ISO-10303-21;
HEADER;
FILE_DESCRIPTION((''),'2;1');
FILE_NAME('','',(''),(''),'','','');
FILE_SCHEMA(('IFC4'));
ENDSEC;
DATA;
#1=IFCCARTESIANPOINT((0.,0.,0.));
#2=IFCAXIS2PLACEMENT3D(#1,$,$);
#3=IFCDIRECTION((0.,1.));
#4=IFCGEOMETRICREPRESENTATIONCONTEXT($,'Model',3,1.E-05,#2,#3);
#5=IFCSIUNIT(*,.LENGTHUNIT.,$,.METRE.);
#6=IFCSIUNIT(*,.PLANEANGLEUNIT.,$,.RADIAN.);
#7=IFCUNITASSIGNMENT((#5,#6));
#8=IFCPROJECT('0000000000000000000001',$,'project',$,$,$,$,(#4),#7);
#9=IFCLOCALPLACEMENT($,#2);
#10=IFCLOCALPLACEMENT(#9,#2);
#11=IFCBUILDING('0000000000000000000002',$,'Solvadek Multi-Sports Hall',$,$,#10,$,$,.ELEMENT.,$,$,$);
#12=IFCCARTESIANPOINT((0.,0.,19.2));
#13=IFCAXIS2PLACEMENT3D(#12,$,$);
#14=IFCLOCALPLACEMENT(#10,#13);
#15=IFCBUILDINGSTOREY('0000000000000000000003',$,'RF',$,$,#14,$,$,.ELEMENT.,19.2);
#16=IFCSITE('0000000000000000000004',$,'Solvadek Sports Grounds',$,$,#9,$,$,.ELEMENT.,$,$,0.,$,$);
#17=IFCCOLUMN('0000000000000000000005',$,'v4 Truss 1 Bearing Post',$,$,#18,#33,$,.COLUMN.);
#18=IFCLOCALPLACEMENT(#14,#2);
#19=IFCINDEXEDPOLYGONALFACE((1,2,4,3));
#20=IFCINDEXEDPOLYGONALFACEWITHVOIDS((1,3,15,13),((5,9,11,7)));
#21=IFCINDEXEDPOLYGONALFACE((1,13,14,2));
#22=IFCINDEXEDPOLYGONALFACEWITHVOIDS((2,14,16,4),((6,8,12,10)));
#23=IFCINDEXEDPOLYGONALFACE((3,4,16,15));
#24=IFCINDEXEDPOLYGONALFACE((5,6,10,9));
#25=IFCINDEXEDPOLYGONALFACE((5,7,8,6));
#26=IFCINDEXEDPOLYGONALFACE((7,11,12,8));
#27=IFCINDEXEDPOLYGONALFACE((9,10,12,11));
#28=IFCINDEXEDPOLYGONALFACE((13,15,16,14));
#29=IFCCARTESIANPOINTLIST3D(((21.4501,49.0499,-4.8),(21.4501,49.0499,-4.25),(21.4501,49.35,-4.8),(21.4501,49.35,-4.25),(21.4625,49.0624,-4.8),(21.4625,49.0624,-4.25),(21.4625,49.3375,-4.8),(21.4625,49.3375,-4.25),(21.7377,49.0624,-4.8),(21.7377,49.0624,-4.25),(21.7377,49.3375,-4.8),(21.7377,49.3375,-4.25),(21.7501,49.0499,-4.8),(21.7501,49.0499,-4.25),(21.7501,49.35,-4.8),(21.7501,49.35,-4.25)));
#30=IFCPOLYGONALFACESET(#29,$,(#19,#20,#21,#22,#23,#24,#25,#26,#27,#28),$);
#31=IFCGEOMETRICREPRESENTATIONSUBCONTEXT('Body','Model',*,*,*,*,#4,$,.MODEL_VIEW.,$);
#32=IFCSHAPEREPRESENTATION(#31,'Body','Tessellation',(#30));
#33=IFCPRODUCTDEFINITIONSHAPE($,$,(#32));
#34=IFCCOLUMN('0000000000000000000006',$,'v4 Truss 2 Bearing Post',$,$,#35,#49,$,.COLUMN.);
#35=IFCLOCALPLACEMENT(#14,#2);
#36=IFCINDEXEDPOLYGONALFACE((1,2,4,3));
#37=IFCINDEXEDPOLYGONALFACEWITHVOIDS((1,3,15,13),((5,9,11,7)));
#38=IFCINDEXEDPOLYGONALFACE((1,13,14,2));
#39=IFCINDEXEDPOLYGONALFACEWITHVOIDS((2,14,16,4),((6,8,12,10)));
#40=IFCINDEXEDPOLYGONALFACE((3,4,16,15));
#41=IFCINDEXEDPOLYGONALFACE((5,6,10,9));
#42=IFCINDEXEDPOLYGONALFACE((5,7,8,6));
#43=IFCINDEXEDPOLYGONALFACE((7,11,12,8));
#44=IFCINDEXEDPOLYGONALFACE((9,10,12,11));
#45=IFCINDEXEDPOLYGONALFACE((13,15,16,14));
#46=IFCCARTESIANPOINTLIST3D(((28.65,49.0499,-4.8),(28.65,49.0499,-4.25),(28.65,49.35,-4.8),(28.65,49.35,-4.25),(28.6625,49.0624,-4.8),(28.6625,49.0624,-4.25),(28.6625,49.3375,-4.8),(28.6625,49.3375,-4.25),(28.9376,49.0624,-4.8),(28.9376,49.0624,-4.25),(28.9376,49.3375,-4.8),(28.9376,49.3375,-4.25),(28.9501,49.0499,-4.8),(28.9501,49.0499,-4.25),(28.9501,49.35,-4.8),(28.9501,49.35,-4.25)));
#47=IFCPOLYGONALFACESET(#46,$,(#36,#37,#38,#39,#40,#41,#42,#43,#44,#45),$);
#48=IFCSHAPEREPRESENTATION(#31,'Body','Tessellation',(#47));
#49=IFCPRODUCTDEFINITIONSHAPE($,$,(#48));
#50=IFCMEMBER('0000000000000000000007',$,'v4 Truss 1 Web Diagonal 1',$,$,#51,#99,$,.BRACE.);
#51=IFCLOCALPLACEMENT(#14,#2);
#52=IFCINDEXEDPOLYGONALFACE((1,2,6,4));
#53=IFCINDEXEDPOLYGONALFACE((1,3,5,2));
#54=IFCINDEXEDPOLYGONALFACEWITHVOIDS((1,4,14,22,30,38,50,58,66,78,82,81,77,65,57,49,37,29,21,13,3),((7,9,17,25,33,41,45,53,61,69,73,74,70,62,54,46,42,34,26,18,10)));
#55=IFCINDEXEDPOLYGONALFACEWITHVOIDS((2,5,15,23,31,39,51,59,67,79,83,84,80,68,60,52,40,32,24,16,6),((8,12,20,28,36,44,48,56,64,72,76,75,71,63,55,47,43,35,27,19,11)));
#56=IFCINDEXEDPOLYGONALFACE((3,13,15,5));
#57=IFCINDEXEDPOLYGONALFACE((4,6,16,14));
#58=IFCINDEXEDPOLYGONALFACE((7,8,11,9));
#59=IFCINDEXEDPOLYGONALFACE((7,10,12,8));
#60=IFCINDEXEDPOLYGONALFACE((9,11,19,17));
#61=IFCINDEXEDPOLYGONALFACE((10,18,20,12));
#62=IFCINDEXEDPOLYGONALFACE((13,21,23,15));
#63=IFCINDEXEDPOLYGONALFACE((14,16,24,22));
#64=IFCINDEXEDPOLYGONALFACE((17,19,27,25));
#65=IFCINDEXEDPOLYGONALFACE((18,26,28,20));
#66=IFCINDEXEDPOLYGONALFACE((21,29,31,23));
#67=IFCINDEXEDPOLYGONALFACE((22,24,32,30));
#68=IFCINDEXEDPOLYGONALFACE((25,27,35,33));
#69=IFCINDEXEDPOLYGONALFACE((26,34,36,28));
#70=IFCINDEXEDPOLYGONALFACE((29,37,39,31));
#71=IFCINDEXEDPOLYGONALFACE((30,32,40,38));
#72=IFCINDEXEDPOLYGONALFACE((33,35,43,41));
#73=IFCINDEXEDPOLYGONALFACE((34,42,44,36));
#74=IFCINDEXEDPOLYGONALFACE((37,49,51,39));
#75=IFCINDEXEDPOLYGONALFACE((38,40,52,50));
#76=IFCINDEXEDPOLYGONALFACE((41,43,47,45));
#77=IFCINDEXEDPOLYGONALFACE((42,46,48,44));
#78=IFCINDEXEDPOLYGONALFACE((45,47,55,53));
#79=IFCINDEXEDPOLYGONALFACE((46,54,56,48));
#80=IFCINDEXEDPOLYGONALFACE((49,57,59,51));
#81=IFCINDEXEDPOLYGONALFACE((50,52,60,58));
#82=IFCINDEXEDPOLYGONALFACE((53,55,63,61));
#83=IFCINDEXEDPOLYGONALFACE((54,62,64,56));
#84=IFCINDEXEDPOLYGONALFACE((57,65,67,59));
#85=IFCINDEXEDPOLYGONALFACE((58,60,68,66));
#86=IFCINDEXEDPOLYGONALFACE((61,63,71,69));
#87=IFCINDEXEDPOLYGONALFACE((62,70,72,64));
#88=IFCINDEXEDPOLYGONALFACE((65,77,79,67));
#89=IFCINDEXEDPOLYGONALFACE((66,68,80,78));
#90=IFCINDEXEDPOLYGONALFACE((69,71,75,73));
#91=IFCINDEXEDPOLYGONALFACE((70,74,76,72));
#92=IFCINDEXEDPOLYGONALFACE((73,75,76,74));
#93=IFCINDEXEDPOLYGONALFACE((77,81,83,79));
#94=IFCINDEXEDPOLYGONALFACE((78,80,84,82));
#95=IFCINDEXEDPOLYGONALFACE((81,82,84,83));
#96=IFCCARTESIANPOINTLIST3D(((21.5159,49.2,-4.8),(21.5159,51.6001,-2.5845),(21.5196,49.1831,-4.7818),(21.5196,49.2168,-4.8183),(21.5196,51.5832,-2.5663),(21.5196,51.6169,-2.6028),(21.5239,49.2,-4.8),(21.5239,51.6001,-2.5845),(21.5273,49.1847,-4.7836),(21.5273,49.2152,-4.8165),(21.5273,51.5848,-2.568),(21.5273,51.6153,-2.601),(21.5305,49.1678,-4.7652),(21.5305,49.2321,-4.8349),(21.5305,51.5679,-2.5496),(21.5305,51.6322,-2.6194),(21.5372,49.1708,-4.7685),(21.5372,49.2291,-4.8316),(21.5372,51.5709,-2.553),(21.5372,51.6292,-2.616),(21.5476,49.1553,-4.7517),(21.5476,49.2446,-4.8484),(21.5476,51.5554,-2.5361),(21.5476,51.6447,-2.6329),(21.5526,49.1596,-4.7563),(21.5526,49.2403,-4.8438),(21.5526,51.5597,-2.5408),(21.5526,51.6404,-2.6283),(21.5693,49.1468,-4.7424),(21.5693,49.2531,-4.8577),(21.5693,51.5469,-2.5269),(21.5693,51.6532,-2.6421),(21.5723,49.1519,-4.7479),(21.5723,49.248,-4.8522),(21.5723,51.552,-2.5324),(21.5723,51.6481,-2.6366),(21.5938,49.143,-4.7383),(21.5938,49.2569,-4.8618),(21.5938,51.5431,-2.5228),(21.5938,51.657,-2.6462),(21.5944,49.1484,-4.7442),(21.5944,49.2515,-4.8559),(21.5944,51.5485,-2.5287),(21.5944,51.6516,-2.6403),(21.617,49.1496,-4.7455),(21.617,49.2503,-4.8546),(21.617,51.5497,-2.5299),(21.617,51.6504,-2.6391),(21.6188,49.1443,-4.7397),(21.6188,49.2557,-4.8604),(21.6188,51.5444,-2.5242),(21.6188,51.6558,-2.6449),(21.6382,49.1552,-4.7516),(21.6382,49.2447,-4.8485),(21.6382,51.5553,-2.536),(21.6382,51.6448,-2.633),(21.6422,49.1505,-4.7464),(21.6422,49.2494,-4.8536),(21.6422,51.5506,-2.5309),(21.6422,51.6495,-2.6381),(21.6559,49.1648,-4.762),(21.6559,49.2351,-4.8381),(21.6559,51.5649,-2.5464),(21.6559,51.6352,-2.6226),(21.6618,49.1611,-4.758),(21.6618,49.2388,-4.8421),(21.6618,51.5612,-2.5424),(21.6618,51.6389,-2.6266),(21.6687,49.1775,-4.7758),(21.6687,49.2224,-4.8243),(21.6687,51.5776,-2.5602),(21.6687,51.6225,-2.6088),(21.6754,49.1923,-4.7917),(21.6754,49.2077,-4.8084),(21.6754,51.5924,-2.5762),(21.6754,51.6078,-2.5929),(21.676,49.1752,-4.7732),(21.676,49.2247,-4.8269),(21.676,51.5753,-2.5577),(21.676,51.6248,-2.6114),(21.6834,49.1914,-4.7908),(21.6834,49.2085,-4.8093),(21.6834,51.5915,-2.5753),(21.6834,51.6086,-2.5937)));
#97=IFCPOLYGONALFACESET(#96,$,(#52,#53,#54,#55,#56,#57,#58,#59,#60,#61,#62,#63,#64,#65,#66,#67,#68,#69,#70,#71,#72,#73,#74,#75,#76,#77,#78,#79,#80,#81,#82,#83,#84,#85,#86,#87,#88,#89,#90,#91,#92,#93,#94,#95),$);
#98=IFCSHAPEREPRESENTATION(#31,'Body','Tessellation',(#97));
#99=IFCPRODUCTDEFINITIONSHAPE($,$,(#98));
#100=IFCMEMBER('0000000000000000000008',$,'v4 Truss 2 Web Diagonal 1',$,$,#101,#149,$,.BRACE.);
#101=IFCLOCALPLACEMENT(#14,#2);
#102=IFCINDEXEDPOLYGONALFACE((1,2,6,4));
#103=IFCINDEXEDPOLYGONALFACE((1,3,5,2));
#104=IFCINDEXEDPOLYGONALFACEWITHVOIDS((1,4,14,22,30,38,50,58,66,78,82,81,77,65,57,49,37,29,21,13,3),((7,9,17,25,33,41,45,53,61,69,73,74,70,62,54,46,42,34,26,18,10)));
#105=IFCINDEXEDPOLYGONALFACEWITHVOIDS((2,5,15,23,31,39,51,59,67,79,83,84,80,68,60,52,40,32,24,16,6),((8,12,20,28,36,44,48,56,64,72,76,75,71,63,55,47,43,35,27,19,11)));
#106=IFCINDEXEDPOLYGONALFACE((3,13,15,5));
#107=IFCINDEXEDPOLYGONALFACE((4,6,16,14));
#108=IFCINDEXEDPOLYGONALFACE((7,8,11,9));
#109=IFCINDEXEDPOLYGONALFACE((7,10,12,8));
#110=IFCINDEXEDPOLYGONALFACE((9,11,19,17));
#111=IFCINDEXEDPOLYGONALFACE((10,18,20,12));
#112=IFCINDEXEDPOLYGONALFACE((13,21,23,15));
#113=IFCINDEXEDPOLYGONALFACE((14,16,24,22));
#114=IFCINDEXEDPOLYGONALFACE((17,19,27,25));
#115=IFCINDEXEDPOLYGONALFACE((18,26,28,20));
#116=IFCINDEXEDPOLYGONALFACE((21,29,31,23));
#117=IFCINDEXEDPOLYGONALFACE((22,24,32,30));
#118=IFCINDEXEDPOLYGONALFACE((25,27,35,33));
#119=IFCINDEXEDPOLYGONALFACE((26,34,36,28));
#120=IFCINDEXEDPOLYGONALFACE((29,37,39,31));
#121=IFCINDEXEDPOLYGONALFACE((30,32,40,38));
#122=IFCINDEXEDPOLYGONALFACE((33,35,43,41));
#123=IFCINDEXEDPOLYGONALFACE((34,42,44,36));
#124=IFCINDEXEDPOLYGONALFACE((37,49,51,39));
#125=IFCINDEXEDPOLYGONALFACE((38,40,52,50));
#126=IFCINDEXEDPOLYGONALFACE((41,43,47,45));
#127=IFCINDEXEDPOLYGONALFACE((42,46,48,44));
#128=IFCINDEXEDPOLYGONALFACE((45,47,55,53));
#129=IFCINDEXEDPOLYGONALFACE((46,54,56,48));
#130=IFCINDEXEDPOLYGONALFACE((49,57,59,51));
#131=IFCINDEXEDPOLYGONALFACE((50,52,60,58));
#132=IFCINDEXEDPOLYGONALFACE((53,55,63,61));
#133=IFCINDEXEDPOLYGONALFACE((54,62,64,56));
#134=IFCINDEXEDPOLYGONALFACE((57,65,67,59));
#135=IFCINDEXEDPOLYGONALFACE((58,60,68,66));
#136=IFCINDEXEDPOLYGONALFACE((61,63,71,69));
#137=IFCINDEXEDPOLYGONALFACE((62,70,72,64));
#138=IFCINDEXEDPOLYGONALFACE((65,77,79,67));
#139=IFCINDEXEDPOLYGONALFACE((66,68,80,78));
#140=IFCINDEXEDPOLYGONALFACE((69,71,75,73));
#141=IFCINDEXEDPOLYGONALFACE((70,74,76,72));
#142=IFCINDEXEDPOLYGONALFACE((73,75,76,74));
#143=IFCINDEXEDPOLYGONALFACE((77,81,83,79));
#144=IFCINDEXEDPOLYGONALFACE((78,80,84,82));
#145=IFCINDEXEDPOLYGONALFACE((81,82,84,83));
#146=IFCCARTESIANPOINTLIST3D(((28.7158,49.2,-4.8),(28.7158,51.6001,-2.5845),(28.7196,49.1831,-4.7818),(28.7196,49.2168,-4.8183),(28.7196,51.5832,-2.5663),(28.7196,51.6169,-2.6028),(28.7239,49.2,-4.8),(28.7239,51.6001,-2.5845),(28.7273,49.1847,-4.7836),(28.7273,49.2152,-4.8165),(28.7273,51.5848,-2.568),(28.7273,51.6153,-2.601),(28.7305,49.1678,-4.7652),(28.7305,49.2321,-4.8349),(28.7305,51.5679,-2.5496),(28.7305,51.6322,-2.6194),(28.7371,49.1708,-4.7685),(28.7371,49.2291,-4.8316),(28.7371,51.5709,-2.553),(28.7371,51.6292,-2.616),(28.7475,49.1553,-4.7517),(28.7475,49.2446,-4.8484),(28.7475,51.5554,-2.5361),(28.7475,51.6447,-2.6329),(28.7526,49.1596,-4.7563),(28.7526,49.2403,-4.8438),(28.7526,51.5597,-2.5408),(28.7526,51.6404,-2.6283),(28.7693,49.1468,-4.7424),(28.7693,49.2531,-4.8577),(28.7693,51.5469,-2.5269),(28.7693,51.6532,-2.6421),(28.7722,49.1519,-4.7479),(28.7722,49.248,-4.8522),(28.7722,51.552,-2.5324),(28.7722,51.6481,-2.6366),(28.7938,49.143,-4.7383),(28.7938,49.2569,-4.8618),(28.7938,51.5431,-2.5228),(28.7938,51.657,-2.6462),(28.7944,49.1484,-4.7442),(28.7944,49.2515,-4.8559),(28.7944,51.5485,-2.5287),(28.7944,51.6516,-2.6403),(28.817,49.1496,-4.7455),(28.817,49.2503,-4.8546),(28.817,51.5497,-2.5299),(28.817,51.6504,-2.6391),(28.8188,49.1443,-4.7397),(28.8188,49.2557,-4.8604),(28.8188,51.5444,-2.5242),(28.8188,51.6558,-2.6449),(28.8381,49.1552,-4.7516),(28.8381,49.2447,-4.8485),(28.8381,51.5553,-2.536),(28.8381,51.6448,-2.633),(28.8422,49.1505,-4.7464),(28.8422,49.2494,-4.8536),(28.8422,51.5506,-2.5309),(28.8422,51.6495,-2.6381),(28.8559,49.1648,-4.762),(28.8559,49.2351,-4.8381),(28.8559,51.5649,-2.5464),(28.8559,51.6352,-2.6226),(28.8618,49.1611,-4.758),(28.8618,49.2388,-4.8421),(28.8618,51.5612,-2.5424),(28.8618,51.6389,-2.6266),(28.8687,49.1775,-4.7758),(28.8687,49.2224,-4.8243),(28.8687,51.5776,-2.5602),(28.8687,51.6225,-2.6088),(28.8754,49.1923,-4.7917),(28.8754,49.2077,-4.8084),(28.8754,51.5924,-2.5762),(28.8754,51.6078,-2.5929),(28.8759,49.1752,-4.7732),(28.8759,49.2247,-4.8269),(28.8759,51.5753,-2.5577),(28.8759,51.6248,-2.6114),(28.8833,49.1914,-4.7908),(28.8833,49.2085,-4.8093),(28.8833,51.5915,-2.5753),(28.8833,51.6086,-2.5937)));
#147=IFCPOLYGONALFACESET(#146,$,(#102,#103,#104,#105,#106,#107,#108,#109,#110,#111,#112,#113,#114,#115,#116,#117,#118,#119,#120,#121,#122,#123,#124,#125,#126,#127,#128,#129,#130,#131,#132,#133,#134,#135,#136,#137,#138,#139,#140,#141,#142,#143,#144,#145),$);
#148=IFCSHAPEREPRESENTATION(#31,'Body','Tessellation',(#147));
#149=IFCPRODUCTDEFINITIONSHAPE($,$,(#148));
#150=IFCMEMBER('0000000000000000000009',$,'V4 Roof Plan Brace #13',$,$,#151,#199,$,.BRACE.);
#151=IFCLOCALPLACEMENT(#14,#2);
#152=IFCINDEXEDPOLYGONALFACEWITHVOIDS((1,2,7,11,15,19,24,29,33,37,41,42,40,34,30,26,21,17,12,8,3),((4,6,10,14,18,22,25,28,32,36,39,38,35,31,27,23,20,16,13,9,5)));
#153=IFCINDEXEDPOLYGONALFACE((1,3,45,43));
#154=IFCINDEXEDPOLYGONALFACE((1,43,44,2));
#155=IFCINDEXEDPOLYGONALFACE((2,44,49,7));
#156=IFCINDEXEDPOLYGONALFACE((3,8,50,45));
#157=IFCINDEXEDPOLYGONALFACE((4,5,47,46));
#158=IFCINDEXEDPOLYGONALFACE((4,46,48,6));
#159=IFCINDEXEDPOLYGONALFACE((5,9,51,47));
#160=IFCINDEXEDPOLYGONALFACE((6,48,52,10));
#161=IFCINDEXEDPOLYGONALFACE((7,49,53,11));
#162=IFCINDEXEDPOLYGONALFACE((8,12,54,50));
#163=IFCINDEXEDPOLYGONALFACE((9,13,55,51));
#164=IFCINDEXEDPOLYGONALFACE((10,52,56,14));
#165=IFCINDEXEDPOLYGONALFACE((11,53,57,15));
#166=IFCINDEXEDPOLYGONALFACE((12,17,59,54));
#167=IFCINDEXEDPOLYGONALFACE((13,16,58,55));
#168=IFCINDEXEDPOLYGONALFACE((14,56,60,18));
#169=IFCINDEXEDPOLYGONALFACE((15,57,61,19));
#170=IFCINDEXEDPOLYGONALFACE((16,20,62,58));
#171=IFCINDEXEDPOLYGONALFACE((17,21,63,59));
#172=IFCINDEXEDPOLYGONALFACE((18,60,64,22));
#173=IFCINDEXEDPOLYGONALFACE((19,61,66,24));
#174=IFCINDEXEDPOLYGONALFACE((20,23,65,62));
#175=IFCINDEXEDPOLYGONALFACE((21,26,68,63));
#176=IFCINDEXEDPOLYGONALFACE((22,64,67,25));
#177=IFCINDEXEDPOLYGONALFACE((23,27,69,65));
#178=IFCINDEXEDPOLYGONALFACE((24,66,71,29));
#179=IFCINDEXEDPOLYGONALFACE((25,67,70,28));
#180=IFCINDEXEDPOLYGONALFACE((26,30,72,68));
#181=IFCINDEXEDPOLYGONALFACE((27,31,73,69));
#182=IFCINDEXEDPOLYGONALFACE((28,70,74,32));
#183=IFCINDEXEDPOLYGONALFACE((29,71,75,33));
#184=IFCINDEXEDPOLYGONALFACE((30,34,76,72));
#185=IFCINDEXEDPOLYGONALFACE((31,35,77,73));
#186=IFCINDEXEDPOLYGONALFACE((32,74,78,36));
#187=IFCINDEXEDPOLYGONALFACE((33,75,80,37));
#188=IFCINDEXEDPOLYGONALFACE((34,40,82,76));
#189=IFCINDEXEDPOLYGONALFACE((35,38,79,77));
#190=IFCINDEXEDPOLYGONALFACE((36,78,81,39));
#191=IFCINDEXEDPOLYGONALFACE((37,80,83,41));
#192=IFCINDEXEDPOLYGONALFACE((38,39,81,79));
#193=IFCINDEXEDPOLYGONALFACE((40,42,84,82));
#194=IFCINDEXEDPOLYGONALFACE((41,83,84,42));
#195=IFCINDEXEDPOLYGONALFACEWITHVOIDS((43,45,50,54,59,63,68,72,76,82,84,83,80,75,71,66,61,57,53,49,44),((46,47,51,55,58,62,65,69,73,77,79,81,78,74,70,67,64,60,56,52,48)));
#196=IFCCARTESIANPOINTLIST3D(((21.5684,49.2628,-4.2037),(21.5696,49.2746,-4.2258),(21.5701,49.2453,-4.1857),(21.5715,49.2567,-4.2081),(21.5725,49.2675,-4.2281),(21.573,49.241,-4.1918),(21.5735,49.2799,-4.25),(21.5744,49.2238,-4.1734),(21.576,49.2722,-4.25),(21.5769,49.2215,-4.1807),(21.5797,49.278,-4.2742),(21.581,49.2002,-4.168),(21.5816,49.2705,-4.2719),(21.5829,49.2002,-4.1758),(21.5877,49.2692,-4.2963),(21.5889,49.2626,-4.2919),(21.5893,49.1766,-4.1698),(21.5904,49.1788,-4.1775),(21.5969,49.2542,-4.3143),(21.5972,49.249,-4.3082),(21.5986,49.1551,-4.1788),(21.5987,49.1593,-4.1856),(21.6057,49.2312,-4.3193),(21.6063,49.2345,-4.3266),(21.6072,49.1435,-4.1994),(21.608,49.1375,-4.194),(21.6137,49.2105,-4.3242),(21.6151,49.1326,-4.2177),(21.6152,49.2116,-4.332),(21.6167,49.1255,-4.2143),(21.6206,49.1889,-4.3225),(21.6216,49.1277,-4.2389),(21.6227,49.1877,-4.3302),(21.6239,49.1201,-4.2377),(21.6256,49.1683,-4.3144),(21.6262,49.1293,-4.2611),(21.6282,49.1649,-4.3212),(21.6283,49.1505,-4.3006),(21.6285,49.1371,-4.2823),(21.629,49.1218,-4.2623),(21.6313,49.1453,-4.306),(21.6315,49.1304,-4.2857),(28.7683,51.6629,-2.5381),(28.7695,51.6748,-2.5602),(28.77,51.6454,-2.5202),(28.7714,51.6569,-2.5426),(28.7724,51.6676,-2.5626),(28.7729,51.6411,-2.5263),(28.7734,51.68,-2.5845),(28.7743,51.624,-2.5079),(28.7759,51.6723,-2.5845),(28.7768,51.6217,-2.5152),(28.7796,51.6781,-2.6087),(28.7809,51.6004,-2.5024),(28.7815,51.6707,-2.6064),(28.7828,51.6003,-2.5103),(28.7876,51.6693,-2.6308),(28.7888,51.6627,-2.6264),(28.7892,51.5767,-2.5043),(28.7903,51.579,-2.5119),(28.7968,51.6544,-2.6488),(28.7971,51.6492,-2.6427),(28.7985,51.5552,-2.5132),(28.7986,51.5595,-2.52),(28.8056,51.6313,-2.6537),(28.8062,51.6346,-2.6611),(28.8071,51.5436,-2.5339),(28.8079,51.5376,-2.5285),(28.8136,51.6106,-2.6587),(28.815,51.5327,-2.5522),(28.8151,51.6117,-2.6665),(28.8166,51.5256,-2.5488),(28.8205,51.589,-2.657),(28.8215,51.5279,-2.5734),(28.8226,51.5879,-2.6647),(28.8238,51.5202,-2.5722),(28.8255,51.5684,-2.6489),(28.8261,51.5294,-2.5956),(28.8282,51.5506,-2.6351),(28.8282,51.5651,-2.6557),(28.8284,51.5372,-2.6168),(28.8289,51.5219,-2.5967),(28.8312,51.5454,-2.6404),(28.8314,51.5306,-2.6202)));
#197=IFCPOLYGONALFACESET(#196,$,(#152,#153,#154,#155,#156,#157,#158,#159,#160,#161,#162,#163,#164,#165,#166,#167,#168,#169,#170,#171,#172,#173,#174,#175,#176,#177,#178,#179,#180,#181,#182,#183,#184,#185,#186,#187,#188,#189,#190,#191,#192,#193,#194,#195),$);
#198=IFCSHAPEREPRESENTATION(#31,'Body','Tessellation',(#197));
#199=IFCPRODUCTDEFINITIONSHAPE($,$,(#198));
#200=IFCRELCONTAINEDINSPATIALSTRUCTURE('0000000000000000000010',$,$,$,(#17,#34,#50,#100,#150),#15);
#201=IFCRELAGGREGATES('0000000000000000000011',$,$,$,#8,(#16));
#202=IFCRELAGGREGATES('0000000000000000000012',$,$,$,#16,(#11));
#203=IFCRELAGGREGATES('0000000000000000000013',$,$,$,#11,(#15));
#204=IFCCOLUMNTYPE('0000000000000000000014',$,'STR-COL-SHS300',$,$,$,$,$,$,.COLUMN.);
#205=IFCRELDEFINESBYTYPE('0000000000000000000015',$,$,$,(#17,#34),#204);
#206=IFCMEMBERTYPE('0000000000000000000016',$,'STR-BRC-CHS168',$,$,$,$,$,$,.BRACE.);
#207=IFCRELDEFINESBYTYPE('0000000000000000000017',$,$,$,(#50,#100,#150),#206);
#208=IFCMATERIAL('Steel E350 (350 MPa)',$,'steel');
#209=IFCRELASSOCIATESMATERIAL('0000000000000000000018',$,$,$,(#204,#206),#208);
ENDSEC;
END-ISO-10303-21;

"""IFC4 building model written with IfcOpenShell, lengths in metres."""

from ifc_helpers import new_model, si_unit, direction, frame, origin, origin_2d, place, context, subcontext, project, spatial, hollow_rectangle, hollow_circle, extrude, material, material_profile, profile_set, type_object, element, save


model = new_model("IFC4")

# Units and contexts
model_context = context("Model", 3, precision=1e-05, world=origin(), true_north=direction((0.0, 1.0)))
body_context = subcontext(model_context, "Body", "Model", "MODEL_VIEW")
ifc_project = project(units=[si_unit("LENGTHUNIT", "METRE"), si_unit("PLANEANGLEUNIT", "RADIAN")], contexts=[model_context])

# Site, building, storey
site_placement = place(None, origin())
site = spatial("IfcSite", under=ifc_project, at=site_placement, Name="Solvadek Sports Grounds", CompositionType="ELEMENT", RefElevation=0.0)
building_placement = place(site_placement, origin())
building = spatial("IfcBuilding", under=site, at=building_placement, Name="Solvadek Multi-Sports Hall", CompositionType="ELEMENT")
storey_placement = place(building_placement, frame((0.0, 0.0, 19.2)))
storey = spatial("IfcBuildingStorey", under=building, at=storey_placement, Name="RF", CompositionType="ELEMENT", Elevation=19.2)

# Columns
ifc_material_1 = material(Name="Steel E350 (350 MPa)", Category="steel")
ifc_material_profile_1 = material_profile(ifc_material_1, hollow_rectangle(XDim=0.3, YDim=0.3, WallThickness=0.0125, at=origin_2d()), Name="SHS 300x300x12.5")
ifc_profile_set_1 = profile_set([ifc_material_profile_1], Name="Steel E350 (350 MPa)")
column_type = type_object("IfcColumnType", Name="STR-COL-SHS300", PredefinedType="COLUMN", material=ifc_profile_set_1)
for number, where, z_axis, x_axis, name in (
    (1, (21.6001, 49.2, -4.8), (0.0, 0.0, 1.0), (1.0, 0.0, 0.0), "v4 Truss 1 Bearing Post"),
    (2, (28.8, 49.2, -4.8), (0.0, 0.0, 1.0), (1.0, 0.0, 0.0), "v4 Truss 2 Bearing Post"),
):
    element("IfcColumn", number, at=place(storey_placement, frame(where, z_axis=z_axis, x_axis=x_axis)), inside=storey, type_object=column_type, Name=name, PredefinedType="COLUMN", context=body_context, shape_type="SweptSolid", body=[
        extrude(hollow_rectangle(XDim=0.3, YDim=0.3, WallThickness=0.0125, at=origin_2d()), origin(), (0.0, 0.0, 1.0), 0.55),
    ])

# Members
ifc_material_profile_2 = material_profile(ifc_material_1, hollow_circle(Radius=0.0842, WallThickness=0.0081, at=origin_2d()), Name="CHS 168.3x8")
ifc_profile_set_2 = profile_set([ifc_material_profile_2], Name="Steel E350 (350 MPa)")
member_type_1 = type_object("IfcMemberType", Name="STR-BRC-CHS168", PredefinedType="BRACE", material=ifc_profile_set_2)
for number, where, z_axis, x_axis, name in (
    (3, (21.6001, 49.2, -4.8), (0.0, 0.734795, 0.678289), (-1.0, 0.0, 0.0), "v4 Truss 1 Web Diagonal 1"),
    (4, (28.8, 49.2, -4.8), (0.0, 0.734795, 0.678289), (-1.0, 0.0, 0.0), "v4 Truss 2 Web Diagonal 1"),
):
    element("IfcMember", number, at=place(storey_placement, frame(where, z_axis=z_axis, x_axis=x_axis)), inside=storey, type_object=member_type_1, Name=name, PredefinedType="BRACE", context=body_context, shape_type="SweptSolid", body=[
        extrude(hollow_circle(Radius=0.0842, WallThickness=0.0081, at=origin_2d()), origin(), (0.0, 0.0, 1.0), 3.2664),
    ])
member_1_placement = place(storey_placement, frame((21.6001, 49.2, -4.25), z_axis=(0.926626, 0.308896, 0.214352), x_axis=(-0.316247, 0.948677, 0.0)))
element("IfcMember", 5, at=member_1_placement, inside=storey, type_object=member_type_1, Name="V4 Roof Plan Brace #13", PredefinedType="BRACE", context=body_context, shape_type="SweptSolid", body=[
    extrude(hollow_circle(Radius=0.0842, WallThickness=0.0081, at=origin_2d()), origin(), (0.0, 0.0, 1.0), 7.77),
])

save(model, "model.ifc")
